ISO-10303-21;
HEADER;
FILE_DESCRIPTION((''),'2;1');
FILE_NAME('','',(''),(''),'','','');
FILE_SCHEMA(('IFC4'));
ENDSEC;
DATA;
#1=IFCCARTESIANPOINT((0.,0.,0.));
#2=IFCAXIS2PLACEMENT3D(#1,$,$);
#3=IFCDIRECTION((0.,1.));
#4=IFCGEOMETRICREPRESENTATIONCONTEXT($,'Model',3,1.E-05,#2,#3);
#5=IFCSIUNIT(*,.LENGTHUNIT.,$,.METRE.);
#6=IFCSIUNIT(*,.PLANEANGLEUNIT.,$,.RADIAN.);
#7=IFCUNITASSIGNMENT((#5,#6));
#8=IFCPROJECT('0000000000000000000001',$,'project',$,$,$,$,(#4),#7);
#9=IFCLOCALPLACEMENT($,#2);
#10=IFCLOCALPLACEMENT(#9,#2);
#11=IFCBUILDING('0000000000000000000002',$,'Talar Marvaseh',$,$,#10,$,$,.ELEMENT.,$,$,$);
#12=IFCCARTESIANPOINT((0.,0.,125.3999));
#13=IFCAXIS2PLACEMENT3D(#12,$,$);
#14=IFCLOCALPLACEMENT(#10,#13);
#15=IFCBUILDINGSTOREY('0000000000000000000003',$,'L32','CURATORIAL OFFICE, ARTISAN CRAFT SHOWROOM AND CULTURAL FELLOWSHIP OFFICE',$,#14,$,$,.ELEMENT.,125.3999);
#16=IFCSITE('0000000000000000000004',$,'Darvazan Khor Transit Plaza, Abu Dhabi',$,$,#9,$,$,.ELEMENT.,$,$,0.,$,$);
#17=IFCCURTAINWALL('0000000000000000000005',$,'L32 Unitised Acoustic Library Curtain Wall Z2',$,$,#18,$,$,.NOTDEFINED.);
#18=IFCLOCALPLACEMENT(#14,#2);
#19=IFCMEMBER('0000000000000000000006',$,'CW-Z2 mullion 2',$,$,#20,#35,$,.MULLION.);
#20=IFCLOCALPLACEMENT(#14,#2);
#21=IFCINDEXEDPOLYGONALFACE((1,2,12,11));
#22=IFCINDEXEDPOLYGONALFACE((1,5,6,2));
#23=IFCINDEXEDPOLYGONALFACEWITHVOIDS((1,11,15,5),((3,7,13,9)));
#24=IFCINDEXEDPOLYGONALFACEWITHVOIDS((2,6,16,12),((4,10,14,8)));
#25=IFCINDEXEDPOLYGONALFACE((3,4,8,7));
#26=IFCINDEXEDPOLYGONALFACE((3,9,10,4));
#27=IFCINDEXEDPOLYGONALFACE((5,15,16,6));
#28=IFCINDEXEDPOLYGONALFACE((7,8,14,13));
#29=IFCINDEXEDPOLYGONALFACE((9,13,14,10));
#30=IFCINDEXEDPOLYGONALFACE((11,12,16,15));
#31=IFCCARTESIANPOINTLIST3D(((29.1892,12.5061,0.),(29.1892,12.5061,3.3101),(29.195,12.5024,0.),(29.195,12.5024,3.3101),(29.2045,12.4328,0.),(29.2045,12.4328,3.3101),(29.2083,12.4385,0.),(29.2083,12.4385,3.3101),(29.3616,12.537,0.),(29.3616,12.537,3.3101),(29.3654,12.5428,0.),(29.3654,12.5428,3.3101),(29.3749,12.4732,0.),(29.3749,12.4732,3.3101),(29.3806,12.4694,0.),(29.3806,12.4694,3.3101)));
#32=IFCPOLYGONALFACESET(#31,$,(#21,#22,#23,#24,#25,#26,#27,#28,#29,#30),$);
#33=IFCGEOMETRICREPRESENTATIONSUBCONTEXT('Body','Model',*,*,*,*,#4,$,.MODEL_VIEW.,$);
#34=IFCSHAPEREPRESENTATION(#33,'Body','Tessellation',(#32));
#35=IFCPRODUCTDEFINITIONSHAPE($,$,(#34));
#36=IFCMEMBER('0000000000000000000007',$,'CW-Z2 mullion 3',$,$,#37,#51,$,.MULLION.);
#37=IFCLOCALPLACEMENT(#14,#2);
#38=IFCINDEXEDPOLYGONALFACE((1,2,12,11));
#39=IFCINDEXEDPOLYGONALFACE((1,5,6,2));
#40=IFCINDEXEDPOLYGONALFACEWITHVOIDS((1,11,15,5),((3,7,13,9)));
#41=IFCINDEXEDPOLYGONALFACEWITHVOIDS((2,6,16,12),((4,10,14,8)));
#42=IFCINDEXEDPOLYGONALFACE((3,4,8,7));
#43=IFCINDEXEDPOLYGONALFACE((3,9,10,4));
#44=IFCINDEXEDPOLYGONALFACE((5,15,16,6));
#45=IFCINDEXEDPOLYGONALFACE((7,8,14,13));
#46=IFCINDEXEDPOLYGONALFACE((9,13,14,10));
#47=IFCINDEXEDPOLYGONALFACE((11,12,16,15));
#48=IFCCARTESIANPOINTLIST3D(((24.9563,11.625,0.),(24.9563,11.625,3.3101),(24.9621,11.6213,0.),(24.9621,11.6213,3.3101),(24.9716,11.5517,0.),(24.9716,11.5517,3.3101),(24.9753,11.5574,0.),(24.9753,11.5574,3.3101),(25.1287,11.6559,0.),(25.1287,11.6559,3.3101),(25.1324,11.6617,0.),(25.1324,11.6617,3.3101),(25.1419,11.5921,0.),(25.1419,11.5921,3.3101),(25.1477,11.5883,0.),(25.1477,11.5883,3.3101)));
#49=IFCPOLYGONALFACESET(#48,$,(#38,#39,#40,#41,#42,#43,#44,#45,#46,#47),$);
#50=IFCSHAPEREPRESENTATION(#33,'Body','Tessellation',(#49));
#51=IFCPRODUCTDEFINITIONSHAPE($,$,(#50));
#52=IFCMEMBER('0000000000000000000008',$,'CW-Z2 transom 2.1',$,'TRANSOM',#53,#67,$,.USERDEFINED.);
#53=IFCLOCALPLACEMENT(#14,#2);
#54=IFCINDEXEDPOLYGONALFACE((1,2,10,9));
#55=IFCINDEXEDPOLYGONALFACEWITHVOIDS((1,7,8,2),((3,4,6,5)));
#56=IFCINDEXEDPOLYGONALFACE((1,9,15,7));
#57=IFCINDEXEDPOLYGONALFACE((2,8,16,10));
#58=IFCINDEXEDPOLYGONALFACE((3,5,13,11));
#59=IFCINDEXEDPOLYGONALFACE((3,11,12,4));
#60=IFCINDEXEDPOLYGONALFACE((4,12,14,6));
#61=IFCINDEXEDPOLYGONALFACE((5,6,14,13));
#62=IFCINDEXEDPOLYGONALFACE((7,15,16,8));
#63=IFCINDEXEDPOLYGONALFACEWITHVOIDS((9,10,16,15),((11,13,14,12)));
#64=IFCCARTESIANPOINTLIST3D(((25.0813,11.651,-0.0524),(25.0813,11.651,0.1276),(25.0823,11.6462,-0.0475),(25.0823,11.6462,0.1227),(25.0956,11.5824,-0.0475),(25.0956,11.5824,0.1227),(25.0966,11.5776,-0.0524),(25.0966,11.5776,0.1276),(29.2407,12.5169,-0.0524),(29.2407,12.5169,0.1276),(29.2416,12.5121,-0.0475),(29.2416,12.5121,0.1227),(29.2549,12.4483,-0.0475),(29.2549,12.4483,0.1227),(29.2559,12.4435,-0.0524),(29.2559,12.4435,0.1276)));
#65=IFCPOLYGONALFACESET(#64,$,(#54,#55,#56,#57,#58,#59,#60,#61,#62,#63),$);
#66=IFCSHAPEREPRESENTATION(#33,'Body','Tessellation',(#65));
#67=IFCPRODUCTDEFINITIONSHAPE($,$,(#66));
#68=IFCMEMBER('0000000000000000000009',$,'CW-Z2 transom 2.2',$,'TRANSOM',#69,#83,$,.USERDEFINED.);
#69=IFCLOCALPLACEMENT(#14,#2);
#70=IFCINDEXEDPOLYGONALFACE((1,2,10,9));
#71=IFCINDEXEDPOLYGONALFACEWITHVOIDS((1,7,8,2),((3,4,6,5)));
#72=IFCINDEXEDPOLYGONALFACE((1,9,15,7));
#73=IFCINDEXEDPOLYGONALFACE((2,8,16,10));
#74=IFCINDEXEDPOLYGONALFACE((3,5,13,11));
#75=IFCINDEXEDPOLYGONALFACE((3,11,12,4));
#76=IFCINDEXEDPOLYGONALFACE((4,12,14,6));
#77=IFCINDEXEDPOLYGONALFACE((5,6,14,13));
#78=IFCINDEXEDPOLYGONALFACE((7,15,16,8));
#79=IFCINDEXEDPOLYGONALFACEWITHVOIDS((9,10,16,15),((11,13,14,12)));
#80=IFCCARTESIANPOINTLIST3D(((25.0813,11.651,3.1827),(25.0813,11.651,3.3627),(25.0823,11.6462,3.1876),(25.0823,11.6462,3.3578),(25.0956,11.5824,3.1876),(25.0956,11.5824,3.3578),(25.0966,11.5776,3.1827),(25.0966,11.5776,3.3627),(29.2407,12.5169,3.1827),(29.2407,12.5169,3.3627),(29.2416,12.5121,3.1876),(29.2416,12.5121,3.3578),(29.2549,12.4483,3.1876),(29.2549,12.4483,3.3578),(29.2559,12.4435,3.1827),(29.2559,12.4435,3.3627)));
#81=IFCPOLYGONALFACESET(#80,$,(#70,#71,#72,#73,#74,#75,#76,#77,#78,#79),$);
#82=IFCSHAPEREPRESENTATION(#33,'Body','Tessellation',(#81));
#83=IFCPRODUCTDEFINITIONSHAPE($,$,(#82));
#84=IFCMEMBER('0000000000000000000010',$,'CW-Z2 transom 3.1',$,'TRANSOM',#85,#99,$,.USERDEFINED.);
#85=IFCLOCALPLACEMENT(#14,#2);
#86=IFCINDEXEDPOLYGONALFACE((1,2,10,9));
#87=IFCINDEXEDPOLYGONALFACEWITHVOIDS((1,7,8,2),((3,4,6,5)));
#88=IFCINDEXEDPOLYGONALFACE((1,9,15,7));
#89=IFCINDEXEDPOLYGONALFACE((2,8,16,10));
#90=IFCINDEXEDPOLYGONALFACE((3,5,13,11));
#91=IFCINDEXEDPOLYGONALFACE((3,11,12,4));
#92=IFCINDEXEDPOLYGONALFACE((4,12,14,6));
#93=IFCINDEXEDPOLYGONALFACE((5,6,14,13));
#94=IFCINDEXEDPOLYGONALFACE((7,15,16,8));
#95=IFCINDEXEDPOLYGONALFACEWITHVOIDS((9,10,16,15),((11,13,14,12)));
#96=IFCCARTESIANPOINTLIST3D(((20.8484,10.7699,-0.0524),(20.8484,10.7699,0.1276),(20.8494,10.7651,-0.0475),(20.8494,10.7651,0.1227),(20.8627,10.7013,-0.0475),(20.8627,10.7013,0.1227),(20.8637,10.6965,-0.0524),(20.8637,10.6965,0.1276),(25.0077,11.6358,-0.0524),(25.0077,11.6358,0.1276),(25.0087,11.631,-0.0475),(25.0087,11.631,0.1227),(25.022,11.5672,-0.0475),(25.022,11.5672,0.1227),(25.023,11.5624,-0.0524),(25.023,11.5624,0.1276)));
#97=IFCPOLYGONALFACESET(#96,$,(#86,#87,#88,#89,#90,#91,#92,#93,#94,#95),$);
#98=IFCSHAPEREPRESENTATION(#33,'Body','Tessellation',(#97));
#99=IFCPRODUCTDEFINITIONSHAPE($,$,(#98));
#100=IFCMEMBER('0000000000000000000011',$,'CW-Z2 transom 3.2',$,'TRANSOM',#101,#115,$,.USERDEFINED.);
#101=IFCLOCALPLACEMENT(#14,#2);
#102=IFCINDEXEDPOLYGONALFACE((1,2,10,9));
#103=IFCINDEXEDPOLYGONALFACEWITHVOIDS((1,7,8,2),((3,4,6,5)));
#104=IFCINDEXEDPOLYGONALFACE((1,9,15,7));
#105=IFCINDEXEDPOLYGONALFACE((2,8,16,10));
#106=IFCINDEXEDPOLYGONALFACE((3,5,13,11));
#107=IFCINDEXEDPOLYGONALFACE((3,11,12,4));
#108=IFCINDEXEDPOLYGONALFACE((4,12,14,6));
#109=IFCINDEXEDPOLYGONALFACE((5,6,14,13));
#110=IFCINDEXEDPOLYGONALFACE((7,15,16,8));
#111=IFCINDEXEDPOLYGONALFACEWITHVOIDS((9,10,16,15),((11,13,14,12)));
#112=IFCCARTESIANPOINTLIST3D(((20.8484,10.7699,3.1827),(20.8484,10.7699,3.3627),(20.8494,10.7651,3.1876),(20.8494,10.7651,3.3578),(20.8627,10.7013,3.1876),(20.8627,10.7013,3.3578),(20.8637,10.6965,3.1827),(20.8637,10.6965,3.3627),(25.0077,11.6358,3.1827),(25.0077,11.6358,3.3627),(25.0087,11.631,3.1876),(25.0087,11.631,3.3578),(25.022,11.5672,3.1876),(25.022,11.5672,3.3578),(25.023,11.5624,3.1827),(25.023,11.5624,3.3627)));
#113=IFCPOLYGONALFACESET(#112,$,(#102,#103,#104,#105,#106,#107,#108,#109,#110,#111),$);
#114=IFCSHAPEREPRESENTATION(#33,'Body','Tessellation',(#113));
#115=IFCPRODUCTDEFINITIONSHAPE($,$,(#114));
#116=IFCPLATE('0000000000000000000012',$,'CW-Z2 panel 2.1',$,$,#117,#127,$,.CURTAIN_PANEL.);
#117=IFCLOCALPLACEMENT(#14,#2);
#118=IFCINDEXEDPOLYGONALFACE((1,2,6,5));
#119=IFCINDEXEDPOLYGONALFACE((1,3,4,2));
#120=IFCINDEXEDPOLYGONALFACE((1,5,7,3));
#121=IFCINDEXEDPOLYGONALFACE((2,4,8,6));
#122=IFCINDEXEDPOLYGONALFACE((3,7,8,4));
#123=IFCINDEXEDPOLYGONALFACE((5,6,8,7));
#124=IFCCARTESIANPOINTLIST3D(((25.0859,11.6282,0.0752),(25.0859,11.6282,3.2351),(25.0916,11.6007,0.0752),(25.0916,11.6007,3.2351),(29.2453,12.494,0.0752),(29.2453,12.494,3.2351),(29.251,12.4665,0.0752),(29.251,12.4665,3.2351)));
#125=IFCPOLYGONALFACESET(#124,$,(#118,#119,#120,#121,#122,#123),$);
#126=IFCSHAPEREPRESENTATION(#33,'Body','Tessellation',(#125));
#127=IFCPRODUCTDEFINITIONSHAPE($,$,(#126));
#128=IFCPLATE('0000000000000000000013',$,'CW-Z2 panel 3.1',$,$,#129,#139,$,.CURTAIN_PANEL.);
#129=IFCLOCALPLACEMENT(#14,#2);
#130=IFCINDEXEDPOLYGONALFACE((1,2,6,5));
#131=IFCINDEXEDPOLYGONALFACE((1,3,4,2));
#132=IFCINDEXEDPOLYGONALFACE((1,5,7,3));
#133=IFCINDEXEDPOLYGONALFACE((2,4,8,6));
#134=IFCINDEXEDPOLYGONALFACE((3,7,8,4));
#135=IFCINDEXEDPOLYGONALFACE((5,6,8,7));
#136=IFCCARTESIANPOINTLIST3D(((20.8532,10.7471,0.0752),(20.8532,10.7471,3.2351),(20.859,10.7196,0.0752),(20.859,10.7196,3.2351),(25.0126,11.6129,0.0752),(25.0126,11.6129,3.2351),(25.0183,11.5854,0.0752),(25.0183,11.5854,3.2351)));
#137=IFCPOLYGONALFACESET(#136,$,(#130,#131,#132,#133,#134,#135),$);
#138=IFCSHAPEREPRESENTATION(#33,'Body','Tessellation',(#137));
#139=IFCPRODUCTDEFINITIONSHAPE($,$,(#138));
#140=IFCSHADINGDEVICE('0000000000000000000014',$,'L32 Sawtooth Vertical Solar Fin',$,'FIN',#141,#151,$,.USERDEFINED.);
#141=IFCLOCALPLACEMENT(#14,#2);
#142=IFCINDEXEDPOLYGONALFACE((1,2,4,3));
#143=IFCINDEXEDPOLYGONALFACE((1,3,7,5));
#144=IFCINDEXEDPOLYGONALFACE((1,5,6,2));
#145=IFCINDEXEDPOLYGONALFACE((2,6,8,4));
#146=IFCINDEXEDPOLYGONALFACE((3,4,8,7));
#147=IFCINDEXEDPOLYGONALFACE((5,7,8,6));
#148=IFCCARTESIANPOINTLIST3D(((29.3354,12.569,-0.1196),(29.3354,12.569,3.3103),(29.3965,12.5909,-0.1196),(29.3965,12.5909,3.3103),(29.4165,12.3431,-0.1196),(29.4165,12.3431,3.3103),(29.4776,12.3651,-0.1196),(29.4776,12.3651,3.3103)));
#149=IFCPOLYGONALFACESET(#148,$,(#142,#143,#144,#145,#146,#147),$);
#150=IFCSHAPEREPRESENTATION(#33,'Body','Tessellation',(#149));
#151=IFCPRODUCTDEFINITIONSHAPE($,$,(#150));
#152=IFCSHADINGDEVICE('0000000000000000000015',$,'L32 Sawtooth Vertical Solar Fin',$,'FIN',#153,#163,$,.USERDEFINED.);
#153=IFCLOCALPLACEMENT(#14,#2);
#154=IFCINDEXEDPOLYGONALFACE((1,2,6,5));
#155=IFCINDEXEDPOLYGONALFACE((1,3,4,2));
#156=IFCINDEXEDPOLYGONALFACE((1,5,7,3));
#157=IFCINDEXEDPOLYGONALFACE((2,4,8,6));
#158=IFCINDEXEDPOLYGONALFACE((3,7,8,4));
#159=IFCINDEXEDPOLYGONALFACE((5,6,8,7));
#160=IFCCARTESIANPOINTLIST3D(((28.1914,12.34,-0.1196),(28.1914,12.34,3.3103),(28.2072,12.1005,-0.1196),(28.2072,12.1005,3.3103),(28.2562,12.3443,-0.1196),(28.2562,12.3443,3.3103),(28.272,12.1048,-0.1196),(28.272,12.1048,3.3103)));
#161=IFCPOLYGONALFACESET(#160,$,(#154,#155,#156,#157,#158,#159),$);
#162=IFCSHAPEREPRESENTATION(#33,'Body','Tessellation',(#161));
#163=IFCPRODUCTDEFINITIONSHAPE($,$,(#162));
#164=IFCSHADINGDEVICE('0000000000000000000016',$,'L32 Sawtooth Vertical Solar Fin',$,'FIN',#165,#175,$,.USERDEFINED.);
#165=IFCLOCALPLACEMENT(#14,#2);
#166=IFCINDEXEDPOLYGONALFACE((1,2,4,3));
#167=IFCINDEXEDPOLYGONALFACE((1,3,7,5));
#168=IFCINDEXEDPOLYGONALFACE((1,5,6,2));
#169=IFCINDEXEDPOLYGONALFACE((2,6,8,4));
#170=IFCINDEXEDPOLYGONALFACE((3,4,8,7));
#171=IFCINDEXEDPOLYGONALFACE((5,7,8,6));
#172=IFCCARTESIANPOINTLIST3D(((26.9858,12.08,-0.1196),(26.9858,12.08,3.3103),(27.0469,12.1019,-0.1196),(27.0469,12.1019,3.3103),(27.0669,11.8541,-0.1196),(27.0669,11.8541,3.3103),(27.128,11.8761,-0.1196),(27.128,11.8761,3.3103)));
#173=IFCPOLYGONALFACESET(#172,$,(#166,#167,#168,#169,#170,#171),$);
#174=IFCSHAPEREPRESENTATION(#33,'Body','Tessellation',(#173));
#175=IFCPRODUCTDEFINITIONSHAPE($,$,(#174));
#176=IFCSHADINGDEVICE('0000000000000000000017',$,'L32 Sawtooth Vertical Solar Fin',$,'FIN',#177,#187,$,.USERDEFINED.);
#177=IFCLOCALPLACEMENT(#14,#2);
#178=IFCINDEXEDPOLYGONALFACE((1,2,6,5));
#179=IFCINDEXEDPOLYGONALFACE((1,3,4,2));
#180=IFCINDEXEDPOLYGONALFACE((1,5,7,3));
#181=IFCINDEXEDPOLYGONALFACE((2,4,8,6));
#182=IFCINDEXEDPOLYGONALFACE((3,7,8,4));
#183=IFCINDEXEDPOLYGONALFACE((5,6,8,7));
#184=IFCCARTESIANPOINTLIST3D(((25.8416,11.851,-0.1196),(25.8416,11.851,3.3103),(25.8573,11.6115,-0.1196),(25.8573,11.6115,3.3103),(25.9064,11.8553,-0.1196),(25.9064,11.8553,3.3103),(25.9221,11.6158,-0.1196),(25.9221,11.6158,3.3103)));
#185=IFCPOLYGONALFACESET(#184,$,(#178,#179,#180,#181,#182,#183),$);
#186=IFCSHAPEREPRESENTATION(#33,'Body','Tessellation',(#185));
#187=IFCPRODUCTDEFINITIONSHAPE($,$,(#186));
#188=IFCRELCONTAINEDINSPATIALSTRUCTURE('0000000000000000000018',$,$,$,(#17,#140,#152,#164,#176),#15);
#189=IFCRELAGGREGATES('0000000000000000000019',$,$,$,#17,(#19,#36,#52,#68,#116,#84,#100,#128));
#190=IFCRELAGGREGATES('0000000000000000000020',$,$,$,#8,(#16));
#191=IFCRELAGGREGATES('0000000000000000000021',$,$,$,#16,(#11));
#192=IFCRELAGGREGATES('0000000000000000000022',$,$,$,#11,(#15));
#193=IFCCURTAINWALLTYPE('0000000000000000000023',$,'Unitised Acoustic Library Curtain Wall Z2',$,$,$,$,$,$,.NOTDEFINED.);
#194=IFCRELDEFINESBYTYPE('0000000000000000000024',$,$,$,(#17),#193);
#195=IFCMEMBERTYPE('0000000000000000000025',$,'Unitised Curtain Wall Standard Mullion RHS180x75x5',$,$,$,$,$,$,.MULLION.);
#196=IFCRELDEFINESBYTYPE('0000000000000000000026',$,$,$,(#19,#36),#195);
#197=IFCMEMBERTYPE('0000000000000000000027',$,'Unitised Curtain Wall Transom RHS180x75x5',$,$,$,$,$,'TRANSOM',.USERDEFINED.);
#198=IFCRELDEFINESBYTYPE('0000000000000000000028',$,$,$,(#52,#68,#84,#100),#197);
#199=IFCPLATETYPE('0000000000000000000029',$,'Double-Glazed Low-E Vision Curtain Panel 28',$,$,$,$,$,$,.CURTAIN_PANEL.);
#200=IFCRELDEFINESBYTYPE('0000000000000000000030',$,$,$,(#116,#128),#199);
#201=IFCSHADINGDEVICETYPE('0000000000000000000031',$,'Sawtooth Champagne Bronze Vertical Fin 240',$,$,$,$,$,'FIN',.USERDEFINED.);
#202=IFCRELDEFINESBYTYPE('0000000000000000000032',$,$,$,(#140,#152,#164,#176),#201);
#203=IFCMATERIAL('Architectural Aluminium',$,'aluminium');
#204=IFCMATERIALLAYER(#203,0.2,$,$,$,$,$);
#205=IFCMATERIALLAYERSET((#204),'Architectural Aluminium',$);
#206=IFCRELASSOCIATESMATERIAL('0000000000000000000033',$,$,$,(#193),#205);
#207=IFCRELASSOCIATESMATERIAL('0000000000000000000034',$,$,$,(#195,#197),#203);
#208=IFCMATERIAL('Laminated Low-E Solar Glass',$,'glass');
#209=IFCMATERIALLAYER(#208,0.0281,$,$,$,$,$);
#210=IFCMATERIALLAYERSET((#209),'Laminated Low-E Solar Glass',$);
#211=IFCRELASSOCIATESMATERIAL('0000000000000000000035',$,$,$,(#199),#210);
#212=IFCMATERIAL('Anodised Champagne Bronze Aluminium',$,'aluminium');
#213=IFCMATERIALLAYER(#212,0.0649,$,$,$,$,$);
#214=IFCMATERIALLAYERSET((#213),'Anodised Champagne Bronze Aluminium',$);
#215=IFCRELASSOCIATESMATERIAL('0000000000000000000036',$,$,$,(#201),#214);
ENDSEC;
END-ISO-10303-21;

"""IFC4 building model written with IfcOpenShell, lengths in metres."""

from ifc_helpers import new_model, si_unit, direction, frame, origin, origin_2d, place, context, subcontext, project, spatial, rectangle, hollow_rectangle, extrude, source, transform, mapped, material, layer, layer_set, material_profile, profile_set, type_object, type_shapes, element, aggregate, save


model = new_model("IFC4")

# Units and contexts
model_context = context("Model", 3, precision=1e-05, world=origin(), true_north=direction((0.0, 1.0)))
body_context = subcontext(model_context, "Body", "Model", "MODEL_VIEW")
ifc_project = project(units=[si_unit("LENGTHUNIT", "METRE"), si_unit("PLANEANGLEUNIT", "RADIAN")], contexts=[model_context])

# Site, building, storey
site_placement = place(None, origin())
site = spatial("IfcSite", under=ifc_project, at=site_placement, Name="Darvazan Khor Transit Plaza, Abu Dhabi", CompositionType="ELEMENT", RefElevation=0.0)
building_placement = place(site_placement, origin())
building = spatial("IfcBuilding", under=site, at=building_placement, Name="Talar Marvaseh", CompositionType="ELEMENT")
storey_placement = place(building_placement, frame((0.0, 0.0, 125.3999)))
storey = spatial("IfcBuildingStorey", under=building, at=storey_placement, Name="L32", Description="CURATORIAL OFFICE, ARTISAN CRAFT SHOWROOM AND CULTURAL FELLOWSHIP OFFICE", CompositionType="ELEMENT", Elevation=125.3999)

# Curtain wall, members, plates
ifc_material_1 = material(Name="Architectural Aluminium", Category="aluminium")
ifc_layer_1 = layer(ifc_material_1, 0.2)
ifc_layer_set_1 = layer_set([ifc_layer_1], Name="Architectural Aluminium")
curtain_wall_type = type_object("IfcCurtainWallType", Name="Unitised Acoustic Library Curtain Wall Z2", PredefinedType="NOTDEFINED", material=ifc_layer_set_1)
curtain_wall_placement = place(storey_placement, origin())
curtain_wall = element("IfcCurtainWall", 1, at=curtain_wall_placement, inside=storey, type_object=curtain_wall_type, Name="L32 Unitised Acoustic Library Curtain Wall Z2", PredefinedType="NOTDEFINED")
ifc_material_profile_1 = material_profile(ifc_material_1, hollow_rectangle(XDim=0.075, YDim=0.1799, WallThickness=0.0049, at=origin_2d()), Name="RHS180x75x5")
ifc_profile_set_1 = profile_set([ifc_material_profile_1], Name="Architectural Aluminium")
member_type_1 = type_object("IfcMemberType", Name="Unitised Curtain Wall Standard Mullion RHS180x75x5", PredefinedType="MULLION", material=ifc_profile_set_1)
shared_shape_1 = source(origin(), body_context, "Body", "SweptSolid", [
    extrude(hollow_rectangle(XDim=0.075, YDim=0.1799, WallThickness=0.0049, at=origin_2d()), origin(), (0.0, 0.0, 1.0), 3.3101),
])
type_shapes(member_type_1, [shared_shape_1])
member_1_placement = place(storey_placement, frame((29.2849, 12.4878, 0.0), z_axis=(0.0, 0.0, 1.0), x_axis=(0.203792, -0.979014, 0.0)))
member_1 = element("IfcMember", 2, at=member_1_placement, type_object=member_type_1, Name="CW-Z2 mullion 2", PredefinedType="MULLION", context=body_context, shape_type="MappedRepresentation", body=[
    mapped(shared_shape_1, transform((0.0, 0.0, 0.0), x_axis=(1.0, 0.0, 0.0), y_axis=(0.0, 1.0, 0.0), z_axis=(0.0, 0.0, 1.0), scale=1.0)),
])
member_2_placement = place(storey_placement, frame((25.052, 11.6067, 0.0), z_axis=(0.0, 0.0, 1.0), x_axis=(0.203792, -0.979014, 0.0)))
member_2 = element("IfcMember", 3, at=member_2_placement, type_object=member_type_1, Name="CW-Z2 mullion 3", PredefinedType="MULLION", context=body_context, shape_type="MappedRepresentation", body=[
    mapped(shared_shape_1, transform((0.0, 0.0, 0.0), x_axis=(1.0, 0.0, 0.0), y_axis=(0.0, 1.0, 0.0), z_axis=(0.0, 0.0, 1.0), scale=1.0)),
])
ifc_material_profile_2 = material_profile(ifc_material_1, hollow_rectangle(XDim=0.075, YDim=0.1799, WallThickness=0.0049, at=origin_2d()), Name="RHS180x75x5")
ifc_profile_set_2 = profile_set([ifc_material_profile_2], Name="Architectural Aluminium")
member_type_2 = type_object("IfcMemberType", Name="Unitised Curtain Wall Transom RHS180x75x5", ElementType="TRANSOM", PredefinedType="USERDEFINED", material=ifc_profile_set_2)
shared_shape_2 = source(origin(), body_context, "Body", "SweptSolid", [
    extrude(hollow_rectangle(XDim=0.075, YDim=0.1799, WallThickness=0.0049, at=origin_2d()), origin(), (0.0, 0.0, 1.0), 4.2485),
])
type_shapes(member_type_2, [shared_shape_2])
member_3_placement = place(storey_placement, frame((29.2483, 12.4802, 0.0376), z_axis=(-0.979008, -0.203823, 0.0), x_axis=(0.203823, -0.979008, 0.0)))
member_3 = element("IfcMember", 4, at=member_3_placement, type_object=member_type_2, Name="CW-Z2 transom 2.1", ObjectType="TRANSOM", PredefinedType="USERDEFINED", context=body_context, shape_type="MappedRepresentation", body=[
    mapped(shared_shape_2, transform((0.0, 0.0, 0.0), x_axis=(1.0, 0.0, 0.0), y_axis=(0.0, 1.0, 0.0), z_axis=(0.0, 0.0, 1.0), scale=1.0)),
])
member_4_placement = place(storey_placement, frame((29.2483, 12.4802, 3.2727), z_axis=(-0.979008, -0.203823, 0.0), x_axis=(0.203823, -0.979008, 0.0)))
member_4 = element("IfcMember", 5, at=member_4_placement, type_object=member_type_2, Name="CW-Z2 transom 2.2", ObjectType="TRANSOM", PredefinedType="USERDEFINED", context=body_context, shape_type="MappedRepresentation", body=[
    mapped(shared_shape_2, transform((0.0, 0.0, 0.0), x_axis=(1.0, 0.0, 0.0), y_axis=(0.0, 1.0, 0.0), z_axis=(0.0, 0.0, 1.0), scale=1.0)),
])
member_5_placement = place(storey_placement, frame((25.0154, 11.5991, 0.0376), z_axis=(-0.979008, -0.203823, 0.0), x_axis=(0.203823, -0.979008, 0.0)))
member_5 = element("IfcMember", 6, at=member_5_placement, type_object=member_type_2, Name="CW-Z2 transom 3.1", ObjectType="TRANSOM", PredefinedType="USERDEFINED", context=body_context, shape_type="MappedRepresentation", body=[
    mapped(shared_shape_2, transform((0.0, 0.0, 0.0), x_axis=(1.0, 0.0, 0.0), y_axis=(0.0, 1.0, 0.0), z_axis=(0.0, 0.0, 1.0), scale=1.0)),
])
member_6_placement = place(storey_placement, frame((25.0154, 11.5991, 3.2727), z_axis=(-0.979008, -0.203823, 0.0), x_axis=(0.203823, -0.979008, 0.0)))
member_6 = element("IfcMember", 7, at=member_6_placement, type_object=member_type_2, Name="CW-Z2 transom 3.2", ObjectType="TRANSOM", PredefinedType="USERDEFINED", context=body_context, shape_type="MappedRepresentation", body=[
    mapped(shared_shape_2, transform((0.0, 0.0, 0.0), x_axis=(1.0, 0.0, 0.0), y_axis=(0.0, 1.0, 0.0), z_axis=(0.0, 0.0, 1.0), scale=1.0)),
])
ifc_material_2 = material(Name="Laminated Low-E Solar Glass", Category="glass")
ifc_layer_2 = layer(ifc_material_2, 0.0281)
ifc_layer_set_2 = layer_set([ifc_layer_2], Name="Laminated Low-E Solar Glass")
plate_type = type_object("IfcPlateType", Name="Double-Glazed Low-E Vision Curtain Panel 28", PredefinedType="CURTAIN_PANEL", material=ifc_layer_set_2)
shared_shape_3 = source(origin(), body_context, "Body", "SweptSolid", [
    extrude(rectangle(XDim=4.2485, YDim=0.0281, at=origin_2d()), origin(), (0.0, 0.0, 1.0), 3.1599),
])
type_shapes(plate_type, [shared_shape_3])
plate_1_placement = place(storey_placement, frame((27.1685, 12.0474, 0.0752), z_axis=(0.0, 0.0, 1.0), x_axis=(-0.979014, -0.203792, 0.0)))
plate_1 = element("IfcPlate", 8, at=plate_1_placement, type_object=plate_type, Name="CW-Z2 panel 2.1", PredefinedType="CURTAIN_PANEL", context=body_context, shape_type="MappedRepresentation", body=[
    mapped(shared_shape_3, transform((0.0, 0.0, 0.0), x_axis=(1.0, 0.0, 0.0), y_axis=(0.0, 1.0, 0.0), z_axis=(0.0, 0.0, 1.0), scale=1.0)),
])
plate_2_placement = place(storey_placement, frame((22.9358, 11.1663, 0.0752), z_axis=(0.0, 0.0, 1.0), x_axis=(-0.979014, -0.203792, 0.0)))
plate_2 = element("IfcPlate", 9, at=plate_2_placement, type_object=plate_type, Name="CW-Z2 panel 3.1", PredefinedType="CURTAIN_PANEL", context=body_context, shape_type="MappedRepresentation", body=[
    mapped(shared_shape_3, transform((0.0, 0.0, 0.0), x_axis=(1.0, 0.0, 0.0), y_axis=(0.0, 1.0, 0.0), z_axis=(0.0, 0.0, 1.0), scale=1.0)),
])
aggregate(curtain_wall, [member_1, member_2, member_3, member_4, plate_1, member_5, member_6, plate_2])

# Shading devices
ifc_material_3 = material(Name="Anodised Champagne Bronze Aluminium", Category="aluminium")
ifc_layer_3 = layer(ifc_material_3, 0.0649)
ifc_layer_set_3 = layer_set([ifc_layer_3], Name="Anodised Champagne Bronze Aluminium")
shading_device_type = type_object("IfcShadingDeviceType", Name="Sawtooth Champagne Bronze Vertical Fin 240", ElementType="FIN", PredefinedType="USERDEFINED", material=ifc_layer_set_3)
shared_shape_4 = source(origin(), body_context, "Body", "SweptSolid", [
    extrude(rectangle(XDim=0.24, YDim=0.0649, at=origin_2d()), origin(), (0.0, 0.0, 1.0), 3.4299),
])
type_shapes(shading_device_type, [shared_shape_4])
for number, where, z_axis, x_axis, name in (
    (10, (29.4065, 12.467, -0.1196), (0.0, 0.0, 1.0), (0.338081, -0.941117, 0.0), "L32 Sawtooth Vertical Solar Fin"),
    (11, (28.2317, 12.2224, -0.1196), (0.0, 0.0, 1.0), (0.065577, -0.997847, 0.0), "L32 Sawtooth Vertical Solar Fin"),
    (12, (27.0569, 11.978, -0.1196), (0.0, 0.0, 1.0), (0.338081, -0.941117, 0.0), "L32 Sawtooth Vertical Solar Fin"),
    (13, (25.8818, 11.7334, -0.1196), (0.0, 0.0, 1.0), (0.065577, -0.997847, 0.0), "L32 Sawtooth Vertical Solar Fin"),
):
    element("IfcShadingDevice", number, at=place(storey_placement, frame(where, z_axis=z_axis, x_axis=x_axis)), inside=storey, type_object=shading_device_type, Name=name, ObjectType="FIN", PredefinedType="USERDEFINED", context=body_context, shape_type="MappedRepresentation", body=[
        mapped(shared_shape_4, transform((0.0, 0.0, 0.0), x_axis=(1.0, 0.0, 0.0), y_axis=(0.0, 1.0, 0.0), z_axis=(0.0, 0.0, 1.0), scale=1.0)),
    ])

save(model, "model.ifc")
